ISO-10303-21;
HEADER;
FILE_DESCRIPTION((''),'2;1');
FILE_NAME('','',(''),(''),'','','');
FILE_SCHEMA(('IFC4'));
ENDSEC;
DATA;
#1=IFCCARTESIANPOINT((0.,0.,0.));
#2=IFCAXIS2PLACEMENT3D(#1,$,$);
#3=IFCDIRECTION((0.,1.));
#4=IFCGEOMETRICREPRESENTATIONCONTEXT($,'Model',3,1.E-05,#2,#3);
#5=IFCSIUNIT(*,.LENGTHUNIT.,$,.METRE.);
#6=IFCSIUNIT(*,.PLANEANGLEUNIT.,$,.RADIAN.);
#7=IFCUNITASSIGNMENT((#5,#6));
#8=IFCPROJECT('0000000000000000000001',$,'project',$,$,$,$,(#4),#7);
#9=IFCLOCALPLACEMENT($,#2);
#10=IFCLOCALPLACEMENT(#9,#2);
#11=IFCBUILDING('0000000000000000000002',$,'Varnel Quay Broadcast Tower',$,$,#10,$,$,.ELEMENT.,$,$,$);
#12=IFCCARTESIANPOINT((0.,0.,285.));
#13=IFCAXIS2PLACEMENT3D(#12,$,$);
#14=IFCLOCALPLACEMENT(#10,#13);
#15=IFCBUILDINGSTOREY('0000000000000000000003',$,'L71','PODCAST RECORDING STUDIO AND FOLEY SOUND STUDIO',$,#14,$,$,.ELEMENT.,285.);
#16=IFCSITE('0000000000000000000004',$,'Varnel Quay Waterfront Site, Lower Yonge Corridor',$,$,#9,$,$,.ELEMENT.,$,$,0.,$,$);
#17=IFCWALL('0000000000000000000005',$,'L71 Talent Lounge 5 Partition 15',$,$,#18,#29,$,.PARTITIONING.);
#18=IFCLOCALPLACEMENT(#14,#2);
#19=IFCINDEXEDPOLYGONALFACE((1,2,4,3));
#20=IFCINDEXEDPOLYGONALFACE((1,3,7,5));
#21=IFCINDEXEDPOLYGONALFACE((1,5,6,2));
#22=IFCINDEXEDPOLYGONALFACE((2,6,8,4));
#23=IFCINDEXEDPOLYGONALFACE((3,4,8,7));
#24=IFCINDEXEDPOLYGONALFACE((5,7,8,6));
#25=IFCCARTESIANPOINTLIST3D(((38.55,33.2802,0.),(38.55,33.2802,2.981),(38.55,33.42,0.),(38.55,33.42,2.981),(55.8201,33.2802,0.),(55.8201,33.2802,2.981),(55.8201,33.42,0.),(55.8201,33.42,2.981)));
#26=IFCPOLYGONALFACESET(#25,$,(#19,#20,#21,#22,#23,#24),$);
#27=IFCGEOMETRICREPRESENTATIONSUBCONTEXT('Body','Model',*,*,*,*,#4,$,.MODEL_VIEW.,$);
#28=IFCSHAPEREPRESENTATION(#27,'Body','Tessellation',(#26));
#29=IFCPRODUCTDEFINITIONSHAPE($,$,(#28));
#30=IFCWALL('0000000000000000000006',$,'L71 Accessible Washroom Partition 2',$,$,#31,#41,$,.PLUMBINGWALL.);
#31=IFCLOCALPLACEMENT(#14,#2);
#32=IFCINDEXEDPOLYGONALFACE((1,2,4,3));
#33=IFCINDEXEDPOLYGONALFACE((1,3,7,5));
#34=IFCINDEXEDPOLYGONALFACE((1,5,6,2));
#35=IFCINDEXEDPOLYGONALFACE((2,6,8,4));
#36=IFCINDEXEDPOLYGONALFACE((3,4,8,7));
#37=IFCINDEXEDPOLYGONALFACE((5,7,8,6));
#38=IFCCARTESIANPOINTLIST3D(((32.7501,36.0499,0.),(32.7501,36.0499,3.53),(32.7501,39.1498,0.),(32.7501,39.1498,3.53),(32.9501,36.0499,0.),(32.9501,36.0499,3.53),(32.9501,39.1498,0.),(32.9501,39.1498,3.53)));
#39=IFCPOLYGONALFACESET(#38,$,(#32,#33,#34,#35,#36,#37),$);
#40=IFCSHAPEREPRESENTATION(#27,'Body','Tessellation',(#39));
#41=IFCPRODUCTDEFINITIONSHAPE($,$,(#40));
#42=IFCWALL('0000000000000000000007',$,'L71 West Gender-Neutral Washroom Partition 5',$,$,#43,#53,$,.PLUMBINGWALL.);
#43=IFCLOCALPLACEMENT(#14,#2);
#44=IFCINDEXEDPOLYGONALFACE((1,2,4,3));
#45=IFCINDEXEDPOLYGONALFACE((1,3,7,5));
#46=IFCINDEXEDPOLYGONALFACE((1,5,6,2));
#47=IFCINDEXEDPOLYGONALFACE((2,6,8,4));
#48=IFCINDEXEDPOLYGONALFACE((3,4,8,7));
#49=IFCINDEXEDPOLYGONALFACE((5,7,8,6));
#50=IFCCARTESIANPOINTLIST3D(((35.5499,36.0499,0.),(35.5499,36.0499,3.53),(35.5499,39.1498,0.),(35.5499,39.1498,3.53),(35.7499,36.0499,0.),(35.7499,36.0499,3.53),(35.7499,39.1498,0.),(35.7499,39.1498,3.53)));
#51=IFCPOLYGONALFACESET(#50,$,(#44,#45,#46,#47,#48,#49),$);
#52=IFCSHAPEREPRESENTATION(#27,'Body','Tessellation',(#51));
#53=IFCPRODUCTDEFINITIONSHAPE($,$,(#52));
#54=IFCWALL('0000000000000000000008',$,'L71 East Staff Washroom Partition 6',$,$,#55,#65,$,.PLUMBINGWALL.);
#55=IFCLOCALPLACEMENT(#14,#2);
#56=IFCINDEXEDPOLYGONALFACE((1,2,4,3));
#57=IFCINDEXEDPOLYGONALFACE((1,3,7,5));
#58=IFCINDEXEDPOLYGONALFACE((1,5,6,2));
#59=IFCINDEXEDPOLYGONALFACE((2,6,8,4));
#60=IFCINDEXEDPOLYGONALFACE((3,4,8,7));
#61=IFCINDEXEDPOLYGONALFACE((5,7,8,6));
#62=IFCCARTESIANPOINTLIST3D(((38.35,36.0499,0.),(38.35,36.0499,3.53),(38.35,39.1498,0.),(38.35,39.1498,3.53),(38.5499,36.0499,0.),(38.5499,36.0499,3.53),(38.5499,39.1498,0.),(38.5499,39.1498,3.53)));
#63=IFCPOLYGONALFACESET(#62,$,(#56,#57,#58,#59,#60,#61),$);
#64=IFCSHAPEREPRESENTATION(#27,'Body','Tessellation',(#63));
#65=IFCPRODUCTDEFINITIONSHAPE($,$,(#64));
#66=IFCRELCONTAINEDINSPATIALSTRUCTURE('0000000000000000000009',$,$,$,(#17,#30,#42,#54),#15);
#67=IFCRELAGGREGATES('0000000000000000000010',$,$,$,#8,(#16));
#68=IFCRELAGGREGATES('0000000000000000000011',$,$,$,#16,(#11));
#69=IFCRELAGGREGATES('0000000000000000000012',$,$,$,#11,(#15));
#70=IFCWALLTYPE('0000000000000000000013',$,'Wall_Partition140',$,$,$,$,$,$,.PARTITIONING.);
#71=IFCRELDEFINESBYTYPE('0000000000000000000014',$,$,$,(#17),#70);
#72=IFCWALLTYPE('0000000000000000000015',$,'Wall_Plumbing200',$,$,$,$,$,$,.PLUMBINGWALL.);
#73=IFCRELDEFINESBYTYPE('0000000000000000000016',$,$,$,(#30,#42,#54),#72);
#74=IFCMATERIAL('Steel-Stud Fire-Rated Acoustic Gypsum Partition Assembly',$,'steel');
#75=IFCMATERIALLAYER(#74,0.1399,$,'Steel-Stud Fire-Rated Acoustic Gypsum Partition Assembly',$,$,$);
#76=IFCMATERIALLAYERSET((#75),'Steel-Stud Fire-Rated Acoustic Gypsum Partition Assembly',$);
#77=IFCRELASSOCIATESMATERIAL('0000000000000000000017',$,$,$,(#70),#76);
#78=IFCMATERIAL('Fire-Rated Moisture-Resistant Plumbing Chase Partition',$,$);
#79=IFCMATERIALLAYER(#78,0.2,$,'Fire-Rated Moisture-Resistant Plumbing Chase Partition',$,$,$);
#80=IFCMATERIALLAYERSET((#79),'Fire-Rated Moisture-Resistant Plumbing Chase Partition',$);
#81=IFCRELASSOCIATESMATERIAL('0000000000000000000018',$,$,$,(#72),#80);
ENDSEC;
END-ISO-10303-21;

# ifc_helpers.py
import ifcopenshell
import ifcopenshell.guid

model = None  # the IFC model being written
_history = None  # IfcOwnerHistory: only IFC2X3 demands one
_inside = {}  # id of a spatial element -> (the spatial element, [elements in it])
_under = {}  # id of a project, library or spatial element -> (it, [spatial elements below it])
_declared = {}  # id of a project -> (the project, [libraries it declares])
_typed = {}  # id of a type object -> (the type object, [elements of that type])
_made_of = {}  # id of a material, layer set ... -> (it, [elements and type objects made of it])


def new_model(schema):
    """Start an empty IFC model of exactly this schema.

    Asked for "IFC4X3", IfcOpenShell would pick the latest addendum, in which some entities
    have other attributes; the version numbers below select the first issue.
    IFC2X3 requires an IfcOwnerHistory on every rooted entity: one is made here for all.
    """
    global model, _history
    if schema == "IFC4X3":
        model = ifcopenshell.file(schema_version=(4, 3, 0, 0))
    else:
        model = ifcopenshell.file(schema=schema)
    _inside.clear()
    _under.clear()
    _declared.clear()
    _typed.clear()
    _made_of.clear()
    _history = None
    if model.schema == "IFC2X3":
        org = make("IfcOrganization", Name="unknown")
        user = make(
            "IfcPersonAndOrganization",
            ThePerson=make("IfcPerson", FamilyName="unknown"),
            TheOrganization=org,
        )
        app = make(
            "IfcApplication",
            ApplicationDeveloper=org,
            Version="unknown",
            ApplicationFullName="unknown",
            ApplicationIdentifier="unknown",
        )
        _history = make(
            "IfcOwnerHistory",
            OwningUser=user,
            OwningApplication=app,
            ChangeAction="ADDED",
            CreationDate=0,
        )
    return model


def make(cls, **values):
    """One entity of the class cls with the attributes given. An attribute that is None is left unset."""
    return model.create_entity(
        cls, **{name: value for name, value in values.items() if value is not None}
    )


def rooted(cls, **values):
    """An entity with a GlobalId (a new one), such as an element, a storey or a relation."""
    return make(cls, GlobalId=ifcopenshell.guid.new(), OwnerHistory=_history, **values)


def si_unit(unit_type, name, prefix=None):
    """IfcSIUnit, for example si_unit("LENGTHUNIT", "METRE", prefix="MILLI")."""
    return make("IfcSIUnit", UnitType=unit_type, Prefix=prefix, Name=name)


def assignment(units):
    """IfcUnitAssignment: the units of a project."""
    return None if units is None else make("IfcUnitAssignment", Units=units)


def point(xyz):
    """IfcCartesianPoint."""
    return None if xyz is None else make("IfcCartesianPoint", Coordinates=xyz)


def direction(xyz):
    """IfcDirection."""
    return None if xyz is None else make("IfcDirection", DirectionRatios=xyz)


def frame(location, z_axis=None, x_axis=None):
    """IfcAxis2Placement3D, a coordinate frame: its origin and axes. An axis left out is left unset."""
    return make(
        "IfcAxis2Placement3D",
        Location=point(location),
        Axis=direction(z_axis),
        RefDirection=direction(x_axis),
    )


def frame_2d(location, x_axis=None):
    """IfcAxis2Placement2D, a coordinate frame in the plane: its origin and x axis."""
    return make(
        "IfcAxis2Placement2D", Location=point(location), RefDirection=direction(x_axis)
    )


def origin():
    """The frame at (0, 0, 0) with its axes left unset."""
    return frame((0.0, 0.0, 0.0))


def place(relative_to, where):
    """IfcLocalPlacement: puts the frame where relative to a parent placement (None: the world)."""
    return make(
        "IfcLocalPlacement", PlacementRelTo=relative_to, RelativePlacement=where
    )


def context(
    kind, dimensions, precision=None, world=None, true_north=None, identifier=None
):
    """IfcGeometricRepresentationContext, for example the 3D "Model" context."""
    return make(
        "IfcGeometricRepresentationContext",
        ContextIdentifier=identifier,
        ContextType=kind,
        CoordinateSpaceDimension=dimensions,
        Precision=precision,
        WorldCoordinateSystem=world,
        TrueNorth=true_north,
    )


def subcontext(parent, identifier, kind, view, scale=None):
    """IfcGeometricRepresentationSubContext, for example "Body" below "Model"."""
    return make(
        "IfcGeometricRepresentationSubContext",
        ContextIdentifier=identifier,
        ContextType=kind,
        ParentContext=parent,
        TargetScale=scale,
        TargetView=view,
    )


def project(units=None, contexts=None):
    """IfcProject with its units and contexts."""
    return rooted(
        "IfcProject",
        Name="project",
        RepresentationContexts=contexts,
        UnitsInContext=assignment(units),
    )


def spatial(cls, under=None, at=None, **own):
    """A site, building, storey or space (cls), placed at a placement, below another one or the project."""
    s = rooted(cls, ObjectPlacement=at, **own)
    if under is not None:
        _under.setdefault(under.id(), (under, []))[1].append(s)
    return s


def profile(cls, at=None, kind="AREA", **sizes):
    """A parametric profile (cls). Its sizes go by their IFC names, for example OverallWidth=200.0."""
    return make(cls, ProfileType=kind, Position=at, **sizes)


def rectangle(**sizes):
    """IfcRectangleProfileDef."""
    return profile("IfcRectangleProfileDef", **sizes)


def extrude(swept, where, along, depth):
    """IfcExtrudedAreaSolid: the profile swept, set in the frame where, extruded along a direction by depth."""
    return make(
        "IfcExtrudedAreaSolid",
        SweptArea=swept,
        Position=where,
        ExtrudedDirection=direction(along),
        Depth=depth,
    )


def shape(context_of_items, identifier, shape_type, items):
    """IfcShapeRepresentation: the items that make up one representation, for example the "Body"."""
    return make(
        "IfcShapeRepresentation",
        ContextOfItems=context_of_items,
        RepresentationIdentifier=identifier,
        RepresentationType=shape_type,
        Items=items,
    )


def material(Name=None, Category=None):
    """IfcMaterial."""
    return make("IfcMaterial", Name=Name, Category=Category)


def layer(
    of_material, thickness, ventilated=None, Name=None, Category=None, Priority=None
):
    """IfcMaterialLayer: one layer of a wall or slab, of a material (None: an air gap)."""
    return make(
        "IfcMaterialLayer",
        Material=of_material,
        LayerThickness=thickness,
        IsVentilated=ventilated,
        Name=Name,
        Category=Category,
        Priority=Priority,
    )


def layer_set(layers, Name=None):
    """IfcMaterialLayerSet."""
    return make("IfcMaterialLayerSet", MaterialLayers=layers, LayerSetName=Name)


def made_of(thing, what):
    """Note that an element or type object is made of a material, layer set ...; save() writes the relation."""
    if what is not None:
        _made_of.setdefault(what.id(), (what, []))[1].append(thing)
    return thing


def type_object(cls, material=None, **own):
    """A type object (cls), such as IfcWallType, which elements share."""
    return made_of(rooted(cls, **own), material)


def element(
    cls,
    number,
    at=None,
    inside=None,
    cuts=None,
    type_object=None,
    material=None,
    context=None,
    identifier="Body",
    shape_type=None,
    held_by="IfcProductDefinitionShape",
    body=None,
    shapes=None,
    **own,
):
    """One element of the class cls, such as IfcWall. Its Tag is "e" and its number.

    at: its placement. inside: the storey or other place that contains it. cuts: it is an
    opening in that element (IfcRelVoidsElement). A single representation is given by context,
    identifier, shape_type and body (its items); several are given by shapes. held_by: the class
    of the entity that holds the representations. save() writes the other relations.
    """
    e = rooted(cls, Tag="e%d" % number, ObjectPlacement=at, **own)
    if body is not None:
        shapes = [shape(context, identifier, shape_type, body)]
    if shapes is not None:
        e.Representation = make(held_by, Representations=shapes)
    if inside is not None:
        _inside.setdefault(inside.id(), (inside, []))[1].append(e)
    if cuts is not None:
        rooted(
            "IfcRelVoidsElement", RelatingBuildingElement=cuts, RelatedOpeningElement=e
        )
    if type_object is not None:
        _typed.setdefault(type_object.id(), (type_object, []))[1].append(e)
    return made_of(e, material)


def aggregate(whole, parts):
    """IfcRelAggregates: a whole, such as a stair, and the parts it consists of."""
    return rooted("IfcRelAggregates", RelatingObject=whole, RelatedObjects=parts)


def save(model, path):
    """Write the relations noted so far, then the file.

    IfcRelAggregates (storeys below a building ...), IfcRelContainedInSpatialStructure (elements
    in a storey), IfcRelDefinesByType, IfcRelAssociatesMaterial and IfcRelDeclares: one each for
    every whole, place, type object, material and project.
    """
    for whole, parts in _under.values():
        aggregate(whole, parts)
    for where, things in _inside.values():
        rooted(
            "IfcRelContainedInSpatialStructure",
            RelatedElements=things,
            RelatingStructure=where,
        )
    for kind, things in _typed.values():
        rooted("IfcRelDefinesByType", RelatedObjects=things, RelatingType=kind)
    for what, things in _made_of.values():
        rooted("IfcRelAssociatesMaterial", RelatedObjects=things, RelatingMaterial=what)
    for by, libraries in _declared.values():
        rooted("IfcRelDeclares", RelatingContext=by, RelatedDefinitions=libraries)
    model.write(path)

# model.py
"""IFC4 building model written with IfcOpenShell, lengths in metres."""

from ifc_helpers import new_model, si_unit, direction, frame, frame_2d, origin, place, context, subcontext, project, spatial, rectangle, extrude, material, layer, layer_set, type_object, element, save


model = new_model("IFC4")

# Units and contexts
model_context = context("Model", 3, precision=1e-05, world=origin(), true_north=direction((0.0, 1.0)))
body_context = subcontext(model_context, "Body", "Model", "MODEL_VIEW")
ifc_project = project(units=[si_unit("LENGTHUNIT", "METRE"), si_unit("PLANEANGLEUNIT", "RADIAN")], contexts=[model_context])

# Site, building, storey
site_placement = place(None, origin())
site = spatial("IfcSite", under=ifc_project, at=site_placement, Name="Varnel Quay Waterfront Site, Lower Yonge Corridor", CompositionType="ELEMENT", RefElevation=0.0)
building_placement = place(site_placement, origin())
building = spatial("IfcBuilding", under=site, at=building_placement, Name="Varnel Quay Broadcast Tower", CompositionType="ELEMENT")
storey_placement = place(building_placement, frame((0.0, 0.0, 285.0)))
storey = spatial("IfcBuildingStorey", under=building, at=storey_placement, Name="L71", Description="PODCAST RECORDING STUDIO AND FOLEY SOUND STUDIO", CompositionType="ELEMENT", Elevation=285.0)

# Walls
ifc_material_1 = material(Name="Steel-Stud Fire-Rated Acoustic Gypsum Partition Assembly", Category="steel")
ifc_layer_1 = layer(ifc_material_1, 0.1399, Name="Steel-Stud Fire-Rated Acoustic Gypsum Partition Assembly")
ifc_layer_set_1 = layer_set([ifc_layer_1], Name="Steel-Stud Fire-Rated Acoustic Gypsum Partition Assembly")
wall_type_1 = type_object("IfcWallType", Name="Wall_Partition140", PredefinedType="PARTITIONING", material=ifc_layer_set_1)
wall_1_placement = place(storey_placement, frame((38.55, 33.3501, 0.0), z_axis=(0.0, 0.0, 1.0), x_axis=(1.0, 0.0, 0.0)))
element("IfcWall", 1, at=wall_1_placement, inside=storey, type_object=wall_type_1, Name="L71 Talent Lounge 5 Partition 15", PredefinedType="PARTITIONING", context=body_context, shape_type="SweptSolid", body=[
    extrude(rectangle(XDim=17.27, YDim=0.1399, at=frame_2d((8.635, 0.0))), origin(), (0.0, 0.0, 1.0), 2.981),
])
ifc_material_2 = material(Name="Fire-Rated Moisture-Resistant Plumbing Chase Partition")
ifc_layer_2 = layer(ifc_material_2, 0.2, Name="Fire-Rated Moisture-Resistant Plumbing Chase Partition")
ifc_layer_set_2 = layer_set([ifc_layer_2], Name="Fire-Rated Moisture-Resistant Plumbing Chase Partition")
wall_type_2 = type_object("IfcWallType", Name="Wall_Plumbing200", PredefinedType="PLUMBINGWALL", material=ifc_layer_set_2)
for number, where, z_axis, x_axis, name in (
    (2, (32.8501, 36.05, 0.0), (0.0, 0.0, 1.0), (0.0, 1.0, 0.0), "L71 Accessible Washroom Partition 2"),
    (3, (35.6499, 36.05, 0.0), (0.0, 0.0, 1.0), (0.0, 1.0, 0.0), "L71 West Gender-Neutral Washroom Partition 5"),
    (4, (38.45, 36.05, 0.0), (0.0, 0.0, 1.0), (0.0, 1.0, 0.0), "L71 East Staff Washroom Partition 6"),
):
    element("IfcWall", number, at=place(storey_placement, frame(where, z_axis=z_axis, x_axis=x_axis)), inside=storey, type_object=wall_type_2, Name=name, PredefinedType="PLUMBINGWALL", context=body_context, shape_type="SweptSolid", body=[
        extrude(rectangle(XDim=3.0999, YDim=0.2, at=frame_2d((1.5498, 0.0))), origin(), (0.0, 0.0, 1.0), 3.53),
    ])

save(model, "model.ifc")
